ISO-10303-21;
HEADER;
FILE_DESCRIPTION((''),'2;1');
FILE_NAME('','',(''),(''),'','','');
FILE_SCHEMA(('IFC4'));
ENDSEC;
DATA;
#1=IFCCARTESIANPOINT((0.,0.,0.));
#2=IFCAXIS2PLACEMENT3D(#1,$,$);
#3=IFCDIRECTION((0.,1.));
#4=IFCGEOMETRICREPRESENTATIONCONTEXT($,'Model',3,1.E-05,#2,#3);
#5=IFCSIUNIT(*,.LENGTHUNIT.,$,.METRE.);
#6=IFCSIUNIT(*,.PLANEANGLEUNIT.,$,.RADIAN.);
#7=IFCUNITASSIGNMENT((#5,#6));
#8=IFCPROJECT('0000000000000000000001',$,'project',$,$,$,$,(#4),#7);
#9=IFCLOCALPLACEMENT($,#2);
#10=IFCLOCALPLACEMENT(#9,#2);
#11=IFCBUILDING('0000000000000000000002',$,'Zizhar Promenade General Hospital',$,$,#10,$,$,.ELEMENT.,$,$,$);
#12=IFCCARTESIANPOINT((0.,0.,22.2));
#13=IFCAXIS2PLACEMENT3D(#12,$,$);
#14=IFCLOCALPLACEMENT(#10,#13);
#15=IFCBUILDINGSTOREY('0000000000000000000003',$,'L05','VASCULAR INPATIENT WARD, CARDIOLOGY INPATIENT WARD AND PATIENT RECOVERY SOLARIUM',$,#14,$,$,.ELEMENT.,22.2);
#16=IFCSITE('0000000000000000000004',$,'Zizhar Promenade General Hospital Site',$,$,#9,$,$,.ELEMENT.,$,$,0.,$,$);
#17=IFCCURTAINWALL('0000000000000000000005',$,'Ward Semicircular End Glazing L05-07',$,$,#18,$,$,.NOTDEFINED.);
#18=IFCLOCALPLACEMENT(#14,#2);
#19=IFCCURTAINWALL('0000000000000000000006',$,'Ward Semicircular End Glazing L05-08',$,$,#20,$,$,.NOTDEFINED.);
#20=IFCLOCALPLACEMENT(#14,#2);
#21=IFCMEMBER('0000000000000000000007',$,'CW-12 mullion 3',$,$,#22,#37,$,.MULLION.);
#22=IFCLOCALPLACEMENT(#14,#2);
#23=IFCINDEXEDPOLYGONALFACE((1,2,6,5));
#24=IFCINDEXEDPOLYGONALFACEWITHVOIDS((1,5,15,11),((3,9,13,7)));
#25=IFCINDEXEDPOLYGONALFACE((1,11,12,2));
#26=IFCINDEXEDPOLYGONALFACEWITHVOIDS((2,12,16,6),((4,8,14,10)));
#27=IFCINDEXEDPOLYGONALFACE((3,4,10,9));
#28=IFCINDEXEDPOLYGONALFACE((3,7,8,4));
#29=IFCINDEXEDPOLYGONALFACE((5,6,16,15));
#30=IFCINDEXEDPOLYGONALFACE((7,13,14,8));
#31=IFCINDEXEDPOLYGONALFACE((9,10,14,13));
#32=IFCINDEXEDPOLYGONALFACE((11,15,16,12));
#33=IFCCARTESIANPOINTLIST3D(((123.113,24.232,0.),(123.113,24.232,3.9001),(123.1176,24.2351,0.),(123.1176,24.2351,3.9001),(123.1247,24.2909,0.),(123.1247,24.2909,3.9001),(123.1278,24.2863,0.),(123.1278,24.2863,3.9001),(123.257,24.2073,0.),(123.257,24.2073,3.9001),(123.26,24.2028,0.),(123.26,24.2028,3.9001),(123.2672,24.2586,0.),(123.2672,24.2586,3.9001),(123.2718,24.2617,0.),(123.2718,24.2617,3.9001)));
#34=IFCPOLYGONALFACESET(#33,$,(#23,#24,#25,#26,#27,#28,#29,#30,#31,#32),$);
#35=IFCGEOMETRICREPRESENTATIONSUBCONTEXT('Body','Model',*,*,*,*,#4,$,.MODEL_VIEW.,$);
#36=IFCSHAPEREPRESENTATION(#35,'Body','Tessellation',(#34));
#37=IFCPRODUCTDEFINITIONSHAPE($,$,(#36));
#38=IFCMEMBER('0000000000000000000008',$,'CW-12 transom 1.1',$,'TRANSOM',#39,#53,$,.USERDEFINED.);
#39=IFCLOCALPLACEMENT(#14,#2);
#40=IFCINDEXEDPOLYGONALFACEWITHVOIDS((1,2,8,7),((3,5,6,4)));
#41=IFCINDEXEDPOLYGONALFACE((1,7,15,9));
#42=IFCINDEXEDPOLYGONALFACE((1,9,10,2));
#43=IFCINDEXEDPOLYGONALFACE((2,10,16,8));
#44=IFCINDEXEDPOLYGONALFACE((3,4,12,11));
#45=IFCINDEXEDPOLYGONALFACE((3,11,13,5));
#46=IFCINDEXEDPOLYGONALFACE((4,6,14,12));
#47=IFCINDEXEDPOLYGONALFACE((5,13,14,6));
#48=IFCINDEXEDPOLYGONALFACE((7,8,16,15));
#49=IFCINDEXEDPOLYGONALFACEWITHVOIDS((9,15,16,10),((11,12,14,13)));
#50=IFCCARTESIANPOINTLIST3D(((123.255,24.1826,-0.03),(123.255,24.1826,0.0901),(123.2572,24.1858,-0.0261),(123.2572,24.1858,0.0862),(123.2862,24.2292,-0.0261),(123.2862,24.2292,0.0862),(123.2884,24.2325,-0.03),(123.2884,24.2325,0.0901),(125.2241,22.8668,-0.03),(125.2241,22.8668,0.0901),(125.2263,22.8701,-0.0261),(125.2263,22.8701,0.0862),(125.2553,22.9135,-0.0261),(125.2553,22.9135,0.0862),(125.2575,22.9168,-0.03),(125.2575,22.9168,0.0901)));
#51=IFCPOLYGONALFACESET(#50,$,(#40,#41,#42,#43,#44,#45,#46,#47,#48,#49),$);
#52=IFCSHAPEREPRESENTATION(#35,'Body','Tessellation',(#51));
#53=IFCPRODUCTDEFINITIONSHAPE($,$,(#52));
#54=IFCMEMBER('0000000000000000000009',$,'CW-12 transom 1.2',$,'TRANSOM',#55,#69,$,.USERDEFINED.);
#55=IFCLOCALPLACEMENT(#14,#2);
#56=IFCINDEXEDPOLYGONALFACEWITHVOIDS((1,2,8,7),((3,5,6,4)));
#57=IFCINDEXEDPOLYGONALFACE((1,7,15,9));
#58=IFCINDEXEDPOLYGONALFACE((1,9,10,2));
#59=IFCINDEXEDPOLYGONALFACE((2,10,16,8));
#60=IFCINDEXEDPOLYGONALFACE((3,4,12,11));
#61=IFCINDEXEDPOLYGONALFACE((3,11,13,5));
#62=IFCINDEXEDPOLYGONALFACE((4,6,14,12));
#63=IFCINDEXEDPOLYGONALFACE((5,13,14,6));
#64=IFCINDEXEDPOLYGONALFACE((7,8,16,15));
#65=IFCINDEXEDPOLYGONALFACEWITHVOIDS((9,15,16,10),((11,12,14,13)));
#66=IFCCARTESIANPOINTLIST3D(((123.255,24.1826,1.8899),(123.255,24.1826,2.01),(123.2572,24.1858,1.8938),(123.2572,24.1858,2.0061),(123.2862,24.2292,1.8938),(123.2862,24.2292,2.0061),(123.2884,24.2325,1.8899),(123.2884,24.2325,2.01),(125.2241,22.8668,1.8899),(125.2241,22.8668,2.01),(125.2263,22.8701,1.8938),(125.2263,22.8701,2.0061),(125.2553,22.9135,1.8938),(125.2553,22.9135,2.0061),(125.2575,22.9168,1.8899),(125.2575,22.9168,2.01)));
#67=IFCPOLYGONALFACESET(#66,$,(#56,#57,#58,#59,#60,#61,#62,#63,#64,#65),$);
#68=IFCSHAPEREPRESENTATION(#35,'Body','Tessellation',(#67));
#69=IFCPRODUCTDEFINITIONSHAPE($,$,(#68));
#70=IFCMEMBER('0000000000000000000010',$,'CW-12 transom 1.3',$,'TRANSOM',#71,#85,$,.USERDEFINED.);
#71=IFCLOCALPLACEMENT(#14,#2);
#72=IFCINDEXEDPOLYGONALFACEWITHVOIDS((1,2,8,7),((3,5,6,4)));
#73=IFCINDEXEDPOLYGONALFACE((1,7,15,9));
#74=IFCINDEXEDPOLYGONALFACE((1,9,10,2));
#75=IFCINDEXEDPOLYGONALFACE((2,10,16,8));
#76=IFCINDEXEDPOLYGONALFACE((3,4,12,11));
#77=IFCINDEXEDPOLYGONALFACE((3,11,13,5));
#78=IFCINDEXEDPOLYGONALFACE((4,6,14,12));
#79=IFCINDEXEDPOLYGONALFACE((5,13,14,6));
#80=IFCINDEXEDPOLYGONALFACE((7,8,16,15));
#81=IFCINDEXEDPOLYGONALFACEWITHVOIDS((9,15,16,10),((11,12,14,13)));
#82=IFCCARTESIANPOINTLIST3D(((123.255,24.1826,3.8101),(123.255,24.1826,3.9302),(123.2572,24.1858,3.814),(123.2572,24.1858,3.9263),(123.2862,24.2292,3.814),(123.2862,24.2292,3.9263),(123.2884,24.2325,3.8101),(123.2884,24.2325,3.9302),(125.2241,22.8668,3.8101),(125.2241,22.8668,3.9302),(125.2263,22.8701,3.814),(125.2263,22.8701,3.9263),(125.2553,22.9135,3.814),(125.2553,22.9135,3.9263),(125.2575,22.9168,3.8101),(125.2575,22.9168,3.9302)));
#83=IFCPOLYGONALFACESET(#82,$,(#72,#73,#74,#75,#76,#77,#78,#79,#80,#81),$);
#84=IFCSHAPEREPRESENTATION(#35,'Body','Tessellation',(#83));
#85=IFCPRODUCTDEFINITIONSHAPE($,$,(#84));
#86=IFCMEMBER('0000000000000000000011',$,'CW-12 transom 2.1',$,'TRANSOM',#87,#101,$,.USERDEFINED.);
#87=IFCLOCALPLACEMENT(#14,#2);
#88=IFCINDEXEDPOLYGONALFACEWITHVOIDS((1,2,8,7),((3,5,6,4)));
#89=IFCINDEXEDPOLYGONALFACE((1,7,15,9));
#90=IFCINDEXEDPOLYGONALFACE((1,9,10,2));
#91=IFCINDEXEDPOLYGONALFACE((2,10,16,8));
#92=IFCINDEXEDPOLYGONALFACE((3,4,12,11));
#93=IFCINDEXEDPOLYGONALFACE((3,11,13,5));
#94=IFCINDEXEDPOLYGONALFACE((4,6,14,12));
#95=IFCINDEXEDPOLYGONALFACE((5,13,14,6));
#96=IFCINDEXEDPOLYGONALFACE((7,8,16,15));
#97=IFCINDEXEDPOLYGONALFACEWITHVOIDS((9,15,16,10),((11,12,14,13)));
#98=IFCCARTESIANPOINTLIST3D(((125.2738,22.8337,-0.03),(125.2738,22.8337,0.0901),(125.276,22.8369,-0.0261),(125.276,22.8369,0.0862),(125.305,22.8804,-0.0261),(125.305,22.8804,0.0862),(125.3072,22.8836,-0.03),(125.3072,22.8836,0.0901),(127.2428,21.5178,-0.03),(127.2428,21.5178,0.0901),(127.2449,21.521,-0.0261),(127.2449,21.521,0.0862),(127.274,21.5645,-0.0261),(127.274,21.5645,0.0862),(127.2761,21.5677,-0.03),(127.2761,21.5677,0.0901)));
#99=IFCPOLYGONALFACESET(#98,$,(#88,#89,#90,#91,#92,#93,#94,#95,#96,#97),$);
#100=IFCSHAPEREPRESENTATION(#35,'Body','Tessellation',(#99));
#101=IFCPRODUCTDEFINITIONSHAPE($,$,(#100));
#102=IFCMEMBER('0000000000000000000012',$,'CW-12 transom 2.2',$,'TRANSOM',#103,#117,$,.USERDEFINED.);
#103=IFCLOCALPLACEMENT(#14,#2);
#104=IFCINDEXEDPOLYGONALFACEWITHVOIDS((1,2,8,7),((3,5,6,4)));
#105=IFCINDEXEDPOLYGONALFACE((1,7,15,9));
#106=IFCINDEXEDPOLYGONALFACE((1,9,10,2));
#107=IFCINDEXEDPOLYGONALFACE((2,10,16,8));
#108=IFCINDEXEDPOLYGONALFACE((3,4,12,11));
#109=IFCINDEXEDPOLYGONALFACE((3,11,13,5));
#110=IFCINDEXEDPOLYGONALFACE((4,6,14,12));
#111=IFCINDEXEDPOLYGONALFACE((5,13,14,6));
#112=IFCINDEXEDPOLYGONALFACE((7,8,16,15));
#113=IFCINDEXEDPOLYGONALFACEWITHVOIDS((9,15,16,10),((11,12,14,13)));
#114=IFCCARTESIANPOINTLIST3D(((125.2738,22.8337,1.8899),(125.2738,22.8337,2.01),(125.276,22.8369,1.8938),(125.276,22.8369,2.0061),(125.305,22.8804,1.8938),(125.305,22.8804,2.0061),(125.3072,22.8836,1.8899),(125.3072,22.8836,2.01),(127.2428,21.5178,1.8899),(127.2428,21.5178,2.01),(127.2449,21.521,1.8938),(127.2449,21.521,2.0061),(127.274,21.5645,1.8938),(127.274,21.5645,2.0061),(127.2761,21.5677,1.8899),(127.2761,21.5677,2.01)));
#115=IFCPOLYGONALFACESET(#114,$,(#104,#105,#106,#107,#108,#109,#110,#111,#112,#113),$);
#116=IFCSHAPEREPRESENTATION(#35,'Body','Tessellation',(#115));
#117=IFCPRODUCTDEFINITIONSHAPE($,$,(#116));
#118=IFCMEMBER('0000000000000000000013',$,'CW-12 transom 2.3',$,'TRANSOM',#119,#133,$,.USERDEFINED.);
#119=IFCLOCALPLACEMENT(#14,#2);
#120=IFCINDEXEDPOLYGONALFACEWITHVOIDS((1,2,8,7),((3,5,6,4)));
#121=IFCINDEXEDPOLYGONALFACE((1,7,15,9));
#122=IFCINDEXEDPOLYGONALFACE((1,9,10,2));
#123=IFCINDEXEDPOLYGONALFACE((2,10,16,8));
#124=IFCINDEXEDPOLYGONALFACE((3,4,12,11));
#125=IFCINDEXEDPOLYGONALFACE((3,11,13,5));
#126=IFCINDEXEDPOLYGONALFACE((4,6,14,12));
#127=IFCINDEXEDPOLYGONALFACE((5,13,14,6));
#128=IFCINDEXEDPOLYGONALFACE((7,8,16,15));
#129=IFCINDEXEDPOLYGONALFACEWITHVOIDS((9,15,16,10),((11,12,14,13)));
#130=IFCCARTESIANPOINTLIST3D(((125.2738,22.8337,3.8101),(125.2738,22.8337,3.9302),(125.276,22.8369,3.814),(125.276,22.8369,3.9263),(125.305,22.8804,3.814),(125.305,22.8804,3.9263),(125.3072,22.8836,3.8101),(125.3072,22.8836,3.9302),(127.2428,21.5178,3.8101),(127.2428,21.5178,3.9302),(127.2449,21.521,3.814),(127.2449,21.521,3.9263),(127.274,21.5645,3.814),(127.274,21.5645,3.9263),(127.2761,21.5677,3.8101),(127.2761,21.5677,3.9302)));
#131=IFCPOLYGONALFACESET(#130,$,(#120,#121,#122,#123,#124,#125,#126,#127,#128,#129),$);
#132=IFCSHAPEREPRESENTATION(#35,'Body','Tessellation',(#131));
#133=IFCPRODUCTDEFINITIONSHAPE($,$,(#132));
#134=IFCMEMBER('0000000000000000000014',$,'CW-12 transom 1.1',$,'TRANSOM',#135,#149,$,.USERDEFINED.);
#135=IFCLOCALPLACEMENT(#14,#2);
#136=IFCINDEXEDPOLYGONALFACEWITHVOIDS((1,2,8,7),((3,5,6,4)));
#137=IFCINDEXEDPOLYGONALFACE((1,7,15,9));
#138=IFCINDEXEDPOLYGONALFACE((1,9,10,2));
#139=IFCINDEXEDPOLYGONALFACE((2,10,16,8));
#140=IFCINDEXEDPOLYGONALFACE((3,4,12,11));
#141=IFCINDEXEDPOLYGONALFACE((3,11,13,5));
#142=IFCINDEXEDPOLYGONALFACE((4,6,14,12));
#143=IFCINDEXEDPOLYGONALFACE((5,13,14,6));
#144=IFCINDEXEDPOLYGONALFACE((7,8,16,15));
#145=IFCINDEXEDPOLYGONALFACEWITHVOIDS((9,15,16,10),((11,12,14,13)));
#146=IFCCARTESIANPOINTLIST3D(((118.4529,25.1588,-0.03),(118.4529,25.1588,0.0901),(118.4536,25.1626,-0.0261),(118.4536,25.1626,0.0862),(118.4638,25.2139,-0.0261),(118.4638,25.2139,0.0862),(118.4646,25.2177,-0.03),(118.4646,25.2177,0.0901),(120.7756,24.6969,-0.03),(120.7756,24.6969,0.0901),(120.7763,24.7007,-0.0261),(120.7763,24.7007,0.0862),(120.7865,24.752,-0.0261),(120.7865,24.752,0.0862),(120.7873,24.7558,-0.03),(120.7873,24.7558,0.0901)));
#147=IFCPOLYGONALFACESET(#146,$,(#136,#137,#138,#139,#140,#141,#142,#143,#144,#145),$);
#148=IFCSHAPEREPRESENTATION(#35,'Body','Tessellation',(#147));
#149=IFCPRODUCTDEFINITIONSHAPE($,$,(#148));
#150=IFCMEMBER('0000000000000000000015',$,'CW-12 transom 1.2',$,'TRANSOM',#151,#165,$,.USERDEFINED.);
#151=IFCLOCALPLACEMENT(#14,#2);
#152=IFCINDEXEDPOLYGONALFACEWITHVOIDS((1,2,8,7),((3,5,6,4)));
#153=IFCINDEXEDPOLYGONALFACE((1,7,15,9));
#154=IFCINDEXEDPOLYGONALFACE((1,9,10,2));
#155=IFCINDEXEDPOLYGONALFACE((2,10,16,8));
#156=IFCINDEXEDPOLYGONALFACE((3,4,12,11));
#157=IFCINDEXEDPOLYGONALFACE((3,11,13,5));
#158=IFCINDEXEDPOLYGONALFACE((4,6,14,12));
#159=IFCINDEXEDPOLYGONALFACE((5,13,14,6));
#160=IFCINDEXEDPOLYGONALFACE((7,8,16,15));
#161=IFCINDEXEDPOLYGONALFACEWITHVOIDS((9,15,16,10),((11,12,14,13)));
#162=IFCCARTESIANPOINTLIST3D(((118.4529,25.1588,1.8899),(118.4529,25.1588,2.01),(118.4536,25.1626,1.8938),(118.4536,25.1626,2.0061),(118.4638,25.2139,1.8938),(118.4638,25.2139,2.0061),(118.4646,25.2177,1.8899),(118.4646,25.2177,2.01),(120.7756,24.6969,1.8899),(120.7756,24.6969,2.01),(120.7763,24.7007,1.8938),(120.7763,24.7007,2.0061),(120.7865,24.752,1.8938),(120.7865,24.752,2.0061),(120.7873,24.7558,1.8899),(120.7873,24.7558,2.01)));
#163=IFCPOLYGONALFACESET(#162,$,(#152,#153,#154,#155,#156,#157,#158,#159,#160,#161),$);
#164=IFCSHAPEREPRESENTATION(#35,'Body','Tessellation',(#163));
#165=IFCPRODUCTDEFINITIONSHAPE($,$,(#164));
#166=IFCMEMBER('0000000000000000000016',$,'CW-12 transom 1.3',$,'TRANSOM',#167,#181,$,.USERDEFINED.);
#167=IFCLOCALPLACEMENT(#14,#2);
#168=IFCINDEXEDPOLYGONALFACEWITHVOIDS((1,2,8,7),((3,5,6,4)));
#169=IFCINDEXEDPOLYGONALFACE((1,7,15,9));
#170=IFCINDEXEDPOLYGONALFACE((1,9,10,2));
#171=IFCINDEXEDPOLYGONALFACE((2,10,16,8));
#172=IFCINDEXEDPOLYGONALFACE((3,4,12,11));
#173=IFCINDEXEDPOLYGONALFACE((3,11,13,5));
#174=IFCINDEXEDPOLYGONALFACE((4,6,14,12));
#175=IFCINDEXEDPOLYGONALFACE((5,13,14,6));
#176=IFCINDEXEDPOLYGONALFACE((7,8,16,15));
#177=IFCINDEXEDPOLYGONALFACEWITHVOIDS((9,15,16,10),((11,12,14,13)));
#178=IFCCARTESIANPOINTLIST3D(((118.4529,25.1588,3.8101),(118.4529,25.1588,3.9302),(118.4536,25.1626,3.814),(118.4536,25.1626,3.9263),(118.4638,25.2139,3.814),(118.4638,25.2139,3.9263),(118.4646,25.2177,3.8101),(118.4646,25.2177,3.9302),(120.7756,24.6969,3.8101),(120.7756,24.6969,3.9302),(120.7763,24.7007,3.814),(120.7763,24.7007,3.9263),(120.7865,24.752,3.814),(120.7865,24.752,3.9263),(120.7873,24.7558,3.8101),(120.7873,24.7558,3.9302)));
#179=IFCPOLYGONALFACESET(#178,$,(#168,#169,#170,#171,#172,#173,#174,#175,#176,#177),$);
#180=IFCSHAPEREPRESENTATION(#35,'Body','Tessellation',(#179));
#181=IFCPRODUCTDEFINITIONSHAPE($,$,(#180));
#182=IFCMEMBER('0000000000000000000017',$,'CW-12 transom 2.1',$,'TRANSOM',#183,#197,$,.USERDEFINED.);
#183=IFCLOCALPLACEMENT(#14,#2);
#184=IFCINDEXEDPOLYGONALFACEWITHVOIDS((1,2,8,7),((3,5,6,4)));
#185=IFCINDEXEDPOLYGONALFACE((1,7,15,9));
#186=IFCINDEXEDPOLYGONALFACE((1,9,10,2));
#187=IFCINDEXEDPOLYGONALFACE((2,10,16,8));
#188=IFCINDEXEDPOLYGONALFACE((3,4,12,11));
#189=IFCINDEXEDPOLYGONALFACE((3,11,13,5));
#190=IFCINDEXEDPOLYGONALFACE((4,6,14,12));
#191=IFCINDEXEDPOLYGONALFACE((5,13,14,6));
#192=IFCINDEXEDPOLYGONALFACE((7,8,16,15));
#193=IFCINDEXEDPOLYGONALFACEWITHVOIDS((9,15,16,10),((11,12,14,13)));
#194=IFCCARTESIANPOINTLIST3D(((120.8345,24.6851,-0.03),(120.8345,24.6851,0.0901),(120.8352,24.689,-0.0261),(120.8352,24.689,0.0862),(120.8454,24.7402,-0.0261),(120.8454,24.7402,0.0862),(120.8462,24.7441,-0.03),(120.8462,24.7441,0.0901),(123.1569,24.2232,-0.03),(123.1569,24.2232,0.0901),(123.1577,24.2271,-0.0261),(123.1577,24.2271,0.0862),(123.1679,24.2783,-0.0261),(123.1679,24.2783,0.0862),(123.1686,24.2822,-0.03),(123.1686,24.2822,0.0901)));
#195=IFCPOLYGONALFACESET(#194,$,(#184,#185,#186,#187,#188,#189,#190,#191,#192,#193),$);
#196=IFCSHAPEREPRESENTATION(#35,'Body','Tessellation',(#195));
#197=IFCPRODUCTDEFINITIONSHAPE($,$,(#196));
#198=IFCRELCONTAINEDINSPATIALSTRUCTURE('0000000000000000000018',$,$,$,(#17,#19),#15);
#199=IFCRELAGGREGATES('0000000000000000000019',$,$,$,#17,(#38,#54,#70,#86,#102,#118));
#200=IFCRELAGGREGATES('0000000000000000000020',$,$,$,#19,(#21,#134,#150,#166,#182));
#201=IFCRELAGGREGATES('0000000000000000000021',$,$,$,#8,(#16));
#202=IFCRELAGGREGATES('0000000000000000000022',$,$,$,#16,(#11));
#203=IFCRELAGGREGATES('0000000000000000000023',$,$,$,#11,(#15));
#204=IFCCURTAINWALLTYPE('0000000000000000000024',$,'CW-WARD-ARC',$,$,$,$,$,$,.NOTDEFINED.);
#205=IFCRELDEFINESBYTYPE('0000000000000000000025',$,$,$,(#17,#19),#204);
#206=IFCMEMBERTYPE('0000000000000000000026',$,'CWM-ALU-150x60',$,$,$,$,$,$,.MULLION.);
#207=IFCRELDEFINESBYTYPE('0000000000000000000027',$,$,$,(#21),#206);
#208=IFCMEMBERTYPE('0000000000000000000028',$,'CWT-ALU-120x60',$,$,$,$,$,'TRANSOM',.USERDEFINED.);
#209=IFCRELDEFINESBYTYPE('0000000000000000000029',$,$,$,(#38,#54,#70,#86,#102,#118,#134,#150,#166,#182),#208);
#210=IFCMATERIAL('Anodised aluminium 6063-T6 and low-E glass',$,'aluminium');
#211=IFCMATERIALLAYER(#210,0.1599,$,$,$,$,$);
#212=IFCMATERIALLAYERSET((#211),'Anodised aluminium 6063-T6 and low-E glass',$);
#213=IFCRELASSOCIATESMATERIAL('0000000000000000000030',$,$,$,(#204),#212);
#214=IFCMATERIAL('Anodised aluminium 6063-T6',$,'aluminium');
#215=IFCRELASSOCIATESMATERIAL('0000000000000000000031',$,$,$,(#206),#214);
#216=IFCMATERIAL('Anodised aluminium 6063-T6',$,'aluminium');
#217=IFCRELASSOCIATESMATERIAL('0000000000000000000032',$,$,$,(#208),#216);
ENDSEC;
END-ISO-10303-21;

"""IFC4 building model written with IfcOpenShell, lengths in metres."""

from ifc_helpers import new_model, si_unit, direction, frame, origin, origin_2d, place, context, subcontext, project, spatial, hollow_rectangle, extrude, material, layer, layer_set, material_profile, profile_set, type_object, element, aggregate, save


model = new_model("IFC4")

# Units and contexts
model_context = context("Model", 3, precision=1e-05, world=origin(), true_north=direction((0.0, 1.0)))
body_context = subcontext(model_context, "Body", "Model", "MODEL_VIEW")
ifc_project = project(units=[si_unit("LENGTHUNIT", "METRE"), si_unit("PLANEANGLEUNIT", "RADIAN")], contexts=[model_context])

# Site, building, storey
site_placement = place(None, origin())
site = spatial("IfcSite", under=ifc_project, at=site_placement, Name="Zizhar Promenade General Hospital Site", CompositionType="ELEMENT", RefElevation=0.0)
building_placement = place(site_placement, origin())
building = spatial("IfcBuilding", under=site, at=building_placement, Name="Zizhar Promenade General Hospital", CompositionType="ELEMENT")
storey_placement = place(building_placement, frame((0.0, 0.0, 22.2)))
storey = spatial("IfcBuildingStorey", under=building, at=storey_placement, Name="L05", Description="VASCULAR INPATIENT WARD, CARDIOLOGY INPATIENT WARD AND PATIENT RECOVERY SOLARIUM", CompositionType="ELEMENT", Elevation=22.2)

# Curtain walls, member
ifc_material_1 = material(Name="Anodised aluminium 6063-T6 and low-E glass", Category="aluminium")
ifc_layer_1 = layer(ifc_material_1, 0.1599)
ifc_layer_set_1 = layer_set([ifc_layer_1], Name="Anodised aluminium 6063-T6 and low-E glass")
curtain_wall_type = type_object("IfcCurtainWallType", Name="CW-WARD-ARC", PredefinedType="NOTDEFINED", material=ifc_layer_set_1)
curtain_wall_1_placement = place(storey_placement, origin())
curtain_wall_1 = element("IfcCurtainWall", 1, at=curtain_wall_1_placement, inside=storey, type_object=curtain_wall_type, Name="Ward Semicircular End Glazing L05-07", PredefinedType="NOTDEFINED")
ifc_material_2 = material(Name="Anodised aluminium 6063-T6", Category="aluminium")
ifc_material_profile_1 = material_profile(ifc_material_2, hollow_rectangle(XDim=0.0601, YDim=0.1499, WallThickness=0.0039, at=origin_2d()))
ifc_profile_set_1 = profile_set([ifc_material_profile_1], Name="Anodised aluminium 6063-T6")
member_type_1 = type_object("IfcMemberType", Name="CWM-ALU-150x60", PredefinedType="MULLION", material=ifc_profile_set_1)
curtain_wall_2_placement = place(storey_placement, origin())
curtain_wall_2 = element("IfcCurtainWall", 2, at=curtain_wall_2_placement, inside=storey, type_object=curtain_wall_type, Name="Ward Semicircular End Glazing L05-08", PredefinedType="NOTDEFINED")
member_1_placement = place(storey_placement, frame((123.1924, 24.2468, 0.0), z_axis=(0.0, 0.0, 1.0), x_axis=(0.195087, 0.980786, 0.0)))
member_1 = element("IfcMember", 3, at=member_1_placement, type_object=member_type_1, Name="CW-12 mullion 3", PredefinedType="MULLION", context=body_context, shape_type="SweptSolid", body=[
    extrude(hollow_rectangle(XDim=0.0601, YDim=0.1499, WallThickness=0.0039, at=origin_2d()), origin(), (0.0, 0.0, 1.0), 3.9001),
])

# Members
ifc_material_3 = material(Name="Anodised aluminium 6063-T6", Category="aluminium")
ifc_material_profile_2 = material_profile(ifc_material_3, hollow_rectangle(XDim=0.0601, YDim=0.1201, WallThickness=0.0039, at=origin_2d()))
ifc_profile_set_2 = profile_set([ifc_material_profile_2], Name="Anodised aluminium 6063-T6")
member_type_2 = type_object("IfcMemberType", Name="CWT-ALU-120x60", ElementType="TRANSOM", PredefinedType="USERDEFINED", material=ifc_profile_set_2)
member_2_placement = place(storey_placement, frame((123.2717, 24.2075, 0.03), z_axis=(0.831463, -0.55558, 0.0), x_axis=(0.55558, 0.831463, 0.0)))
member_2 = element("IfcMember", 4, at=member_2_placement, type_object=member_type_2, Name="CW-12 transom 1.1", ObjectType="TRANSOM", PredefinedType="USERDEFINED", context=body_context, shape_type="SweptSolid", body=[
    extrude(hollow_rectangle(XDim=0.0601, YDim=0.1201, WallThickness=0.0039, at=origin_2d()), origin(), (0.0, 0.0, 1.0), 2.3682),
])
member_3_placement = place(storey_placement, frame((123.2717, 24.2075, 1.95), z_axis=(0.831463, -0.55558, 0.0), x_axis=(0.55558, 0.831463, 0.0)))
member_3 = element("IfcMember", 5, at=member_3_placement, type_object=member_type_2, Name="CW-12 transom 1.2", ObjectType="TRANSOM", PredefinedType="USERDEFINED", context=body_context, shape_type="SweptSolid", body=[
    extrude(hollow_rectangle(XDim=0.0601, YDim=0.1201, WallThickness=0.0039, at=origin_2d()), origin(), (0.0, 0.0, 1.0), 2.3682),
])
member_4_placement = place(storey_placement, frame((123.2717, 24.2075, 3.8701), z_axis=(0.831463, -0.55558, 0.0), x_axis=(0.55558, 0.831463, 0.0)))
member_4 = element("IfcMember", 6, at=member_4_placement, type_object=member_type_2, Name="CW-12 transom 1.3", ObjectType="TRANSOM", PredefinedType="USERDEFINED", context=body_context, shape_type="SweptSolid", body=[
    extrude(hollow_rectangle(XDim=0.0601, YDim=0.1201, WallThickness=0.0039, at=origin_2d()), origin(), (0.0, 0.0, 1.0), 2.3682),
])
member_5_placement = place(storey_placement, frame((125.2905, 22.8586, 0.03), z_axis=(0.831415, -0.555651, 0.0), x_axis=(0.555651, 0.831415, 0.0)))
member_5 = element("IfcMember", 7, at=member_5_placement, type_object=member_type_2, Name="CW-12 transom 2.1", ObjectType="TRANSOM", PredefinedType="USERDEFINED", context=body_context, shape_type="SweptSolid", body=[
    extrude(hollow_rectangle(XDim=0.0601, YDim=0.1201, WallThickness=0.0039, at=origin_2d()), origin(), (0.0, 0.0, 1.0), 2.3682),
])
member_6_placement = place(storey_placement, frame((125.2905, 22.8586, 1.95), z_axis=(0.831415, -0.555651, 0.0), x_axis=(0.555651, 0.831415, 0.0)))
member_6 = element("IfcMember", 8, at=member_6_placement, type_object=member_type_2, Name="CW-12 transom 2.2", ObjectType="TRANSOM", PredefinedType="USERDEFINED", context=body_context, shape_type="SweptSolid", body=[
    extrude(hollow_rectangle(XDim=0.0601, YDim=0.1201, WallThickness=0.0039, at=origin_2d()), origin(), (0.0, 0.0, 1.0), 2.3682),
])
member_7_placement = place(storey_placement, frame((125.2905, 22.8586, 3.8701), z_axis=(0.831415, -0.555651, 0.0), x_axis=(0.555651, 0.831415, 0.0)))
member_7 = element("IfcMember", 9, at=member_7_placement, type_object=member_type_2, Name="CW-12 transom 2.3", ObjectType="TRANSOM", PredefinedType="USERDEFINED", context=body_context, shape_type="SweptSolid", body=[
    extrude(hollow_rectangle(XDim=0.0601, YDim=0.1201, WallThickness=0.0039, at=origin_2d()), origin(), (0.0, 0.0, 1.0), 2.3682),
])
member_8_placement = place(storey_placement, frame((118.4587, 25.1882, 0.03), z_axis=(0.980794, -0.195045, 0.0), x_axis=(0.195045, 0.980794, 0.0)))
member_8 = element("IfcMember", 10, at=member_8_placement, type_object=member_type_2, Name="CW-12 transom 1.1", ObjectType="TRANSOM", PredefinedType="USERDEFINED", context=body_context, shape_type="SweptSolid", body=[
    extrude(hollow_rectangle(XDim=0.0601, YDim=0.1201, WallThickness=0.0039, at=origin_2d()), origin(), (0.0, 0.0, 1.0), 2.3682),
])
member_9_placement = place(storey_placement, frame((118.4587, 25.1882, 1.95), z_axis=(0.980794, -0.195045, 0.0), x_axis=(0.195045, 0.980794, 0.0)))
member_9 = element("IfcMember", 11, at=member_9_placement, type_object=member_type_2, Name="CW-12 transom 1.2", ObjectType="TRANSOM", PredefinedType="USERDEFINED", context=body_context, shape_type="SweptSolid", body=[
    extrude(hollow_rectangle(XDim=0.0601, YDim=0.1201, WallThickness=0.0039, at=origin_2d()), origin(), (0.0, 0.0, 1.0), 2.3682),
])
member_10_placement = place(storey_placement, frame((118.4587, 25.1882, 3.8701), z_axis=(0.980794, -0.195045, 0.0), x_axis=(0.195045, 0.980794, 0.0)))
member_10 = element("IfcMember", 12, at=member_10_placement, type_object=member_type_2, Name="CW-12 transom 1.3", ObjectType="TRANSOM", PredefinedType="USERDEFINED", context=body_context, shape_type="SweptSolid", body=[
    extrude(hollow_rectangle(XDim=0.0601, YDim=0.1201, WallThickness=0.0039, at=origin_2d()), origin(), (0.0, 0.0, 1.0), 2.3682),
])
member_11_placement = place(storey_placement, frame((120.8403, 24.7146, 0.03), z_axis=(0.98079, -0.195065, 0.0), x_axis=(0.195065, 0.98079, 0.0)))
member_11 = element("IfcMember", 13, at=member_11_placement, type_object=member_type_2, Name="CW-12 transom 2.1", ObjectType="TRANSOM", PredefinedType="USERDEFINED", context=body_context, shape_type="SweptSolid", body=[
    extrude(hollow_rectangle(XDim=0.0601, YDim=0.1201, WallThickness=0.0039, at=origin_2d()), origin(), (0.0, 0.0, 1.0), 2.3679),
])

aggregate(curtain_wall_1, [member_2, member_3, member_4, member_5, member_6, member_7])
aggregate(curtain_wall_2, [member_1, member_8, member_9, member_10, member_11])

save(model, "model.ifc")
